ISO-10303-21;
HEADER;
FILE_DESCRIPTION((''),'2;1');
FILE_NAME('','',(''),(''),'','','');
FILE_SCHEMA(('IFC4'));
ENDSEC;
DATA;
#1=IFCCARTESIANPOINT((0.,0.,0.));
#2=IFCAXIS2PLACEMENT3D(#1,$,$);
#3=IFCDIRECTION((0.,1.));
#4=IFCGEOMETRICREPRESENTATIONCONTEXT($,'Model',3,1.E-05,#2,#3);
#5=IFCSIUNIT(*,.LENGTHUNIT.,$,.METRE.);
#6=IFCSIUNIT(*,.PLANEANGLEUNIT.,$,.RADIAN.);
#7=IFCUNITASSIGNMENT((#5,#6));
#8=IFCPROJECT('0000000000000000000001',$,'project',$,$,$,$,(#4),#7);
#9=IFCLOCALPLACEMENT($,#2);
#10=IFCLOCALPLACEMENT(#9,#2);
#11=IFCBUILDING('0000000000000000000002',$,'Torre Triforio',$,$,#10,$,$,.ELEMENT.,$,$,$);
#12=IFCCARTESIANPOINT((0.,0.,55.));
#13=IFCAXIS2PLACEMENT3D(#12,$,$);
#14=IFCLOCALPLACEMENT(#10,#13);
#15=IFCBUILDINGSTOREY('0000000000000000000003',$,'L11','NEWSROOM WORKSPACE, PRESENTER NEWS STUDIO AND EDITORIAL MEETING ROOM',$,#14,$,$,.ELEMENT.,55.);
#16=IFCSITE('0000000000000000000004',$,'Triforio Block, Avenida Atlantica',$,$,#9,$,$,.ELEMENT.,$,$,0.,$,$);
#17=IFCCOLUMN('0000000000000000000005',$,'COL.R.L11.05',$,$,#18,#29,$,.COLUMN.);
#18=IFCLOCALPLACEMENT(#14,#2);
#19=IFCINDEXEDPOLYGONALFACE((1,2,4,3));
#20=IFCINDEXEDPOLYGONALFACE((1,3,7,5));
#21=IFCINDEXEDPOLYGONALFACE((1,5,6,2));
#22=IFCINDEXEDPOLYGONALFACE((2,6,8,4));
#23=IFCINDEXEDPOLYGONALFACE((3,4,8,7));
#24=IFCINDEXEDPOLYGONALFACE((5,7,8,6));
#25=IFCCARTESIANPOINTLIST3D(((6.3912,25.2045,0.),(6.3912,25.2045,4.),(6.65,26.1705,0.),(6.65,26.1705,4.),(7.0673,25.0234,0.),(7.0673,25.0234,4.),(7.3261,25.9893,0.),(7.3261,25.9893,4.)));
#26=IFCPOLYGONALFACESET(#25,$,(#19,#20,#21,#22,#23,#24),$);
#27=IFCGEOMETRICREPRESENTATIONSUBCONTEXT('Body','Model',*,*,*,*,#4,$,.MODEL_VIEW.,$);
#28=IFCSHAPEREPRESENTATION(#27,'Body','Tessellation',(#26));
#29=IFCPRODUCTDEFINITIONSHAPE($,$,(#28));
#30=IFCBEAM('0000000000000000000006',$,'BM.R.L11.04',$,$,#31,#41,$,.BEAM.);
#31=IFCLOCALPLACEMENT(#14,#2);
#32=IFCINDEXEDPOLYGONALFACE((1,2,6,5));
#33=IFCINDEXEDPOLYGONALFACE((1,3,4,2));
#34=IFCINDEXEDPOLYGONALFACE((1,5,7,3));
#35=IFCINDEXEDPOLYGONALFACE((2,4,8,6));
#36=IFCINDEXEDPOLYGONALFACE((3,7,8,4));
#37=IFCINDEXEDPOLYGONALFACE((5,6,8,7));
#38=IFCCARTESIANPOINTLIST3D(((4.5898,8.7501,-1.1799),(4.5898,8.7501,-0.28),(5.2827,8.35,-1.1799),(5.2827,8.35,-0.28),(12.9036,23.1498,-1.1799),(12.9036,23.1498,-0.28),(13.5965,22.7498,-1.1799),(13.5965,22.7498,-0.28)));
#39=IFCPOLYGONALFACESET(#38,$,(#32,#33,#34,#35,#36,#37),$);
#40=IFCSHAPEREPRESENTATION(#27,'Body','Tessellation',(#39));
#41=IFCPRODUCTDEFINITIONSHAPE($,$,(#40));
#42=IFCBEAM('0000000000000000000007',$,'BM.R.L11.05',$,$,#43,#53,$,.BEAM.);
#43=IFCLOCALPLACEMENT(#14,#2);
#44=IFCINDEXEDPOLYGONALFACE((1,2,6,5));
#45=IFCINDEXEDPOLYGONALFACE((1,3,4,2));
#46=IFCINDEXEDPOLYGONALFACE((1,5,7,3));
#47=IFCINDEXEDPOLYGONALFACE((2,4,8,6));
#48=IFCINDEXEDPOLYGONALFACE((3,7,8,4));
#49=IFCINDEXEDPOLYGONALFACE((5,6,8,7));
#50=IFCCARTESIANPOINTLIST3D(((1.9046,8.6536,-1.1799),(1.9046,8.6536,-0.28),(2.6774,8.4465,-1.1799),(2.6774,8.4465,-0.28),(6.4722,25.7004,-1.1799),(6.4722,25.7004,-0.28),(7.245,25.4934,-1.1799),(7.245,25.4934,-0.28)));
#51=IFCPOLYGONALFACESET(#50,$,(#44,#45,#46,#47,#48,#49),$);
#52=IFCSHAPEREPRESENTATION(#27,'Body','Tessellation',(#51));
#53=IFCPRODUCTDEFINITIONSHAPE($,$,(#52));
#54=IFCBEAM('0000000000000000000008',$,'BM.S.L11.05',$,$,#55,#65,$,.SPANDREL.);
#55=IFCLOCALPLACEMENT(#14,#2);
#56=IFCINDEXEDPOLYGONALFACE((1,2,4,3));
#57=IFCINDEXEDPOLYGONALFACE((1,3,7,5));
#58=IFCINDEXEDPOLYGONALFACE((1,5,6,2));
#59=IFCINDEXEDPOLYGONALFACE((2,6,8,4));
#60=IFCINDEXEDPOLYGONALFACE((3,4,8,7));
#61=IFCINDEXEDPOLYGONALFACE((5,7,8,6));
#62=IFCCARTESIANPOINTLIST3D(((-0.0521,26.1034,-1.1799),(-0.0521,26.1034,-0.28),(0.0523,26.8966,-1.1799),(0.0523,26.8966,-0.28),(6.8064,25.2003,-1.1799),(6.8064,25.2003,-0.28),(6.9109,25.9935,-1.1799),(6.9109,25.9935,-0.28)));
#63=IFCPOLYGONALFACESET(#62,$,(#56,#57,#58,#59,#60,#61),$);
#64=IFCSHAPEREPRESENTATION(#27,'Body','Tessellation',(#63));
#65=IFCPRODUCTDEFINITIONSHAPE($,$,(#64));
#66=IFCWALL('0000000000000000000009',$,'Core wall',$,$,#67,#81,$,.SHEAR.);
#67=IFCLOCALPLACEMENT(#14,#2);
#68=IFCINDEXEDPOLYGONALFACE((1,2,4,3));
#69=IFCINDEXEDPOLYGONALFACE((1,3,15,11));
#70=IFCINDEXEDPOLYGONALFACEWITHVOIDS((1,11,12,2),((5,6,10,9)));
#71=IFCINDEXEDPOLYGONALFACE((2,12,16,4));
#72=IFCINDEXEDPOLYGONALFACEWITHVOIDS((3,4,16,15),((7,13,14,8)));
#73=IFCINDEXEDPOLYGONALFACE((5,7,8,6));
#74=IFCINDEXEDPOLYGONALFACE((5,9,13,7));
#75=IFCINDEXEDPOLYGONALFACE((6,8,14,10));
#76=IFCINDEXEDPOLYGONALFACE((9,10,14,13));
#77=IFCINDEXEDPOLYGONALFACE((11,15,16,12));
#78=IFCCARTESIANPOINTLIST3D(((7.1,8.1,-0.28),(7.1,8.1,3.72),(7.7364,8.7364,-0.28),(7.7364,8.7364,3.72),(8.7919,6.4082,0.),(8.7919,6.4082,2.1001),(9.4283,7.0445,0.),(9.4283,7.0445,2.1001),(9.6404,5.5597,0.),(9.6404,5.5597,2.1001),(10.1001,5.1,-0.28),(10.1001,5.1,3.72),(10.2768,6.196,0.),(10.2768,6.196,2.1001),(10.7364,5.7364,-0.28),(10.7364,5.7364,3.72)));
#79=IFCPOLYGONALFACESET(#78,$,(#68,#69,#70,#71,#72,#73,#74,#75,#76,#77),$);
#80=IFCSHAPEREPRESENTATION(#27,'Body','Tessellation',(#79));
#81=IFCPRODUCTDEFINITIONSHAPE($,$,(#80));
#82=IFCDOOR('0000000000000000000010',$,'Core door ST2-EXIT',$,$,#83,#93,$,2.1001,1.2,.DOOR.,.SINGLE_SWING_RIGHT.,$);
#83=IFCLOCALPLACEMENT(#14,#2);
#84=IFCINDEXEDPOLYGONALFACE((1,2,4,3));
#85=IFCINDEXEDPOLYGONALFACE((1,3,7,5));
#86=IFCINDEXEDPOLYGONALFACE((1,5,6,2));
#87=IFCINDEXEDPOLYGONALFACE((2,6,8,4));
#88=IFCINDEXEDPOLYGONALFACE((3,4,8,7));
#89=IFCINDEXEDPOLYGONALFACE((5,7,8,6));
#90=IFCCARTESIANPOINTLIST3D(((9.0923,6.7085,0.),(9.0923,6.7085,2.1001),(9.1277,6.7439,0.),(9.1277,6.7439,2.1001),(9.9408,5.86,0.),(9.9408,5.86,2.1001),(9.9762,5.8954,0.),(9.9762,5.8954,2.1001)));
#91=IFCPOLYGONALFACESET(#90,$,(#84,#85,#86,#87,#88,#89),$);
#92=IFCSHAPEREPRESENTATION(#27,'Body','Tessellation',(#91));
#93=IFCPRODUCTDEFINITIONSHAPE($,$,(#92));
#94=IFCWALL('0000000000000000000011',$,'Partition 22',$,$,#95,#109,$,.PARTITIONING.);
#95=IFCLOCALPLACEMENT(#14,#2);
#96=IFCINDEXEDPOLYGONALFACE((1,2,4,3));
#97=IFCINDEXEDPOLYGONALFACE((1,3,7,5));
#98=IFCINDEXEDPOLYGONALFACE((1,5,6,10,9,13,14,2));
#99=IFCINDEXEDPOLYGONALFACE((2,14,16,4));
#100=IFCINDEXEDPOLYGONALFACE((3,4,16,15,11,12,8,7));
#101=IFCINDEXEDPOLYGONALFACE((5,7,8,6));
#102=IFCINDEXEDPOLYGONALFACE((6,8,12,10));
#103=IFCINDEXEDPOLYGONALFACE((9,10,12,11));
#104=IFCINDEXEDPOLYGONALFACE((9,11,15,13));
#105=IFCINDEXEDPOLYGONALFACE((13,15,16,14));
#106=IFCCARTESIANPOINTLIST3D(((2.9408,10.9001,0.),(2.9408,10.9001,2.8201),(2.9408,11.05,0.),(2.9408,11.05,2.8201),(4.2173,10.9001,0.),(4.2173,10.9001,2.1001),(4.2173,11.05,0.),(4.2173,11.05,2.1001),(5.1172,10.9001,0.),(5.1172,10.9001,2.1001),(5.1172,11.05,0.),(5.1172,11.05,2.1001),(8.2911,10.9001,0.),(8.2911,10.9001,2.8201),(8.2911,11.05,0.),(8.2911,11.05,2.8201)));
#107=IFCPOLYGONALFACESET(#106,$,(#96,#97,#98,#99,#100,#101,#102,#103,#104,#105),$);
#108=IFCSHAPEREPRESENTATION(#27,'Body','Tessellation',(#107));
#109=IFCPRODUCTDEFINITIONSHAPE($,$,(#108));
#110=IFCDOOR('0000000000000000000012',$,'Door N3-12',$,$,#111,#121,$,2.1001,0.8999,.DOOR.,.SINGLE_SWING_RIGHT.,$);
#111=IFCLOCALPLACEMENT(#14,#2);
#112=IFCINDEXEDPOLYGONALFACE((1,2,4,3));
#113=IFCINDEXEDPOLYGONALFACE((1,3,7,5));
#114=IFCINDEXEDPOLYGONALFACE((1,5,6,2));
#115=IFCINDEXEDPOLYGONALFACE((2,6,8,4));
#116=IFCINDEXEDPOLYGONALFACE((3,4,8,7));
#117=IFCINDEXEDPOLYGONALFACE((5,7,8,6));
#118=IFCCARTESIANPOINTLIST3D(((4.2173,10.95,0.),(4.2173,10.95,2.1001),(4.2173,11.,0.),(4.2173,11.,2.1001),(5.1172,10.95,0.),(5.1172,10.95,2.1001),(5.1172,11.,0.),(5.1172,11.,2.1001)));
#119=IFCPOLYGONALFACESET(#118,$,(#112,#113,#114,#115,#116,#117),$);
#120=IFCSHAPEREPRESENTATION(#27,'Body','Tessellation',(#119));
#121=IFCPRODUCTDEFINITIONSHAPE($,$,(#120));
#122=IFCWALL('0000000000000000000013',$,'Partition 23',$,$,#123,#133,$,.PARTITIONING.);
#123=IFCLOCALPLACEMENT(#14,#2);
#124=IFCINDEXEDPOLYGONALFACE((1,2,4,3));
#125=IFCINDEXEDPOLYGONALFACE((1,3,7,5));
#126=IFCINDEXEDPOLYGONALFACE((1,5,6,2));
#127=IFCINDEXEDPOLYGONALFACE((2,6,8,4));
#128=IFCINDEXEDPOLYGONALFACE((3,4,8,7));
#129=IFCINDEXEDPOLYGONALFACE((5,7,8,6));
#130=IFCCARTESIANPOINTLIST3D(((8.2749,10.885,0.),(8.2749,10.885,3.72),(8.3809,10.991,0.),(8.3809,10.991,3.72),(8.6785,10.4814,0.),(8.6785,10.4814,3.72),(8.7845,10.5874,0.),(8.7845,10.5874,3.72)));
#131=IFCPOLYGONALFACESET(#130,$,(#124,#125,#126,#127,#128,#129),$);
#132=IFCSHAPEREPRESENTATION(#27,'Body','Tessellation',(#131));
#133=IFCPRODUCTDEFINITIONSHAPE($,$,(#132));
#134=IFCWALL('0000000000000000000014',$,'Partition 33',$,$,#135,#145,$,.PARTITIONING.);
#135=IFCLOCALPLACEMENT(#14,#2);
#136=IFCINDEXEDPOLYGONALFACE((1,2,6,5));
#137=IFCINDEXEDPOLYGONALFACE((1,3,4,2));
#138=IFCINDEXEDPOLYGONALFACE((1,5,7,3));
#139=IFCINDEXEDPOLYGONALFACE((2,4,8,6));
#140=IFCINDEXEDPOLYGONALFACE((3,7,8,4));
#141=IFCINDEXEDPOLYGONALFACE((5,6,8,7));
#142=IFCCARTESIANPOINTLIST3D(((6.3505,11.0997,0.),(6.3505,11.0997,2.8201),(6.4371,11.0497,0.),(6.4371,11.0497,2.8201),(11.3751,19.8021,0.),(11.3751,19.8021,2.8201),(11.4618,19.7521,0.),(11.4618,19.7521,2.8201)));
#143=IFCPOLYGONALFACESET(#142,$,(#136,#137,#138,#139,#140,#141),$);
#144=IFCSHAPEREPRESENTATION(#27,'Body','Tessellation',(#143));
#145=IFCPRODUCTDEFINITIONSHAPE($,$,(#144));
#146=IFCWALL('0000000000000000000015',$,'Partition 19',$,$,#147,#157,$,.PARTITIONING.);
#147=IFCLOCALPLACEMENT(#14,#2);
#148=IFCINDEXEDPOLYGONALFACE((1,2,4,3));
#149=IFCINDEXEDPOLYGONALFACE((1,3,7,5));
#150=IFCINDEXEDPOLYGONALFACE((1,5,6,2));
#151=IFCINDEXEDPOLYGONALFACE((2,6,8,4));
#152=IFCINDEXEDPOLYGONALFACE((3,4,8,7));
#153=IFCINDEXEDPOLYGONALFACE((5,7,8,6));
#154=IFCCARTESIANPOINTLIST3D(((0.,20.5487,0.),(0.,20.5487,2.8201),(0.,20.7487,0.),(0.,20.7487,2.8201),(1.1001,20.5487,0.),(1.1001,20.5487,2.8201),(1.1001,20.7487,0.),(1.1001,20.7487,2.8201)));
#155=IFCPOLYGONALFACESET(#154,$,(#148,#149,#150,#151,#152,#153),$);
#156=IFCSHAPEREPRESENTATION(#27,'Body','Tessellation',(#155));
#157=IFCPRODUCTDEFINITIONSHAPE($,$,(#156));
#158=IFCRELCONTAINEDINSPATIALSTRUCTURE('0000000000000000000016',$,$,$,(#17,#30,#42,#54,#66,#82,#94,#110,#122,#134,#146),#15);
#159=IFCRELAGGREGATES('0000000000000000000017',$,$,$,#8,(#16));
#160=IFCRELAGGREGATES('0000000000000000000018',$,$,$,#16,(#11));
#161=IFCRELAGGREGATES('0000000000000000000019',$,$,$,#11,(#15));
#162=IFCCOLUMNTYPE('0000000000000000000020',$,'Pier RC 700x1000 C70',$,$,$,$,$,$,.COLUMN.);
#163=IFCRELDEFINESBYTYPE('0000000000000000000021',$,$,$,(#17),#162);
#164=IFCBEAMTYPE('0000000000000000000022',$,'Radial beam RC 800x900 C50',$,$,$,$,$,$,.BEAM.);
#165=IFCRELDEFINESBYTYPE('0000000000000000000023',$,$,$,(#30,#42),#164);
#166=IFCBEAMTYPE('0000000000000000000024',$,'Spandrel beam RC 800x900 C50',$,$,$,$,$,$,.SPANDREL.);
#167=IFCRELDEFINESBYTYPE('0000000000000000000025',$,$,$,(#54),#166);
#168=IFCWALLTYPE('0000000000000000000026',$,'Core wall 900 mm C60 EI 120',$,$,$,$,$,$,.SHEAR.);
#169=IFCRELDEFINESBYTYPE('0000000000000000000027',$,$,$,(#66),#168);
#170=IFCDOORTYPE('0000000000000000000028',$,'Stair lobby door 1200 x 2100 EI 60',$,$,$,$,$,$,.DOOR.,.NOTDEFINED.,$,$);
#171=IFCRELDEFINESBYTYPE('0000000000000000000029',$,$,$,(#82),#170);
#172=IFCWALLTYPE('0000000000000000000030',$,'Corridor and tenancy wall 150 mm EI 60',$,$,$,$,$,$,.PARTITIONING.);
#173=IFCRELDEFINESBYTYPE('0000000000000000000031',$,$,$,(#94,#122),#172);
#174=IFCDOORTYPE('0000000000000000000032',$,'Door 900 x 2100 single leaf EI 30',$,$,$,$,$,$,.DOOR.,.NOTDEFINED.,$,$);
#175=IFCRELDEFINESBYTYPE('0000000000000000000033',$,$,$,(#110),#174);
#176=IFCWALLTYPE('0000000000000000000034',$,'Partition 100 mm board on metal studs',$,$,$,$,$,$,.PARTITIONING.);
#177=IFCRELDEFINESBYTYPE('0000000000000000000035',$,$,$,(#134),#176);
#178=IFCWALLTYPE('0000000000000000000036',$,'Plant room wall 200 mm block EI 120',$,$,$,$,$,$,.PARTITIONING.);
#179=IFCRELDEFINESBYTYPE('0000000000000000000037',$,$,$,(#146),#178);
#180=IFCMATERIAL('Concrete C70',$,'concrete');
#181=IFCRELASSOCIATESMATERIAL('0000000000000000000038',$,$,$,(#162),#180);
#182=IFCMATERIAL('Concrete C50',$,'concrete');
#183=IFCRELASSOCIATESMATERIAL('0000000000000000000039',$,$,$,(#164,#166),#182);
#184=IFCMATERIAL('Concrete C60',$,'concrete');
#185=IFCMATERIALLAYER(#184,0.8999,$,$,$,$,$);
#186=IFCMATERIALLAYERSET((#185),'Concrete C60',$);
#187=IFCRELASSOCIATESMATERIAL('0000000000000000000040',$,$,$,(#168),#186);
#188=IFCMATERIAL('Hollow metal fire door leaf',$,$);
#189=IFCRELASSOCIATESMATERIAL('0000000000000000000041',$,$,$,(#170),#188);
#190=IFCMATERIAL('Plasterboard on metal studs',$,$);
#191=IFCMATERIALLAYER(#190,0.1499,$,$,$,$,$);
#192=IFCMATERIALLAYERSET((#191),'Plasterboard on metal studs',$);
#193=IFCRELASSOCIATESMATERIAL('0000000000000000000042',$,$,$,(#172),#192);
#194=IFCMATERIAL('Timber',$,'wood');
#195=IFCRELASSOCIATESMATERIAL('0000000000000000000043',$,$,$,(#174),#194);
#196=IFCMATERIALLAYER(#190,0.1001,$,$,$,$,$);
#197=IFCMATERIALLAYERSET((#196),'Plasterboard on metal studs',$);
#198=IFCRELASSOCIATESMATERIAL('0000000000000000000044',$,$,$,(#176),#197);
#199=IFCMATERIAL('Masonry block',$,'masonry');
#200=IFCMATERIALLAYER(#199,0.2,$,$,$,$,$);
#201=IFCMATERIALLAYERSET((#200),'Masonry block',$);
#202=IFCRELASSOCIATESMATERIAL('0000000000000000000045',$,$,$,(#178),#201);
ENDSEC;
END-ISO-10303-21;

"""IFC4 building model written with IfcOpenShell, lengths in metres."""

from ifc_helpers import new_model, si_unit, direction, frame, frame_2d, origin, origin_2d, place, context, subcontext, project, spatial, rectangle, extrude, material, layer, layer_set, material_profile, profile_set, type_object, element, fill, save


model = new_model("IFC4")

# Units and contexts
model_context = context("Model", 3, precision=1e-05, world=origin(), true_north=direction((0.0, 1.0)))
body_context = subcontext(model_context, "Body", "Model", "MODEL_VIEW")
ifc_project = project(units=[si_unit("LENGTHUNIT", "METRE"), si_unit("PLANEANGLEUNIT", "RADIAN")], contexts=[model_context])

# Site, building, storey
site_placement = place(None, origin())
site = spatial("IfcSite", under=ifc_project, at=site_placement, Name="Triforio Block, Avenida Atlantica", CompositionType="ELEMENT", RefElevation=0.0)
building_placement = place(site_placement, origin())
building = spatial("IfcBuilding", under=site, at=building_placement, Name="Torre Triforio", CompositionType="ELEMENT")
storey_placement = place(building_placement, frame((0.0, 0.0, 55.0)))
storey = spatial("IfcBuildingStorey", under=building, at=storey_placement, Name="L11", Description="NEWSROOM WORKSPACE, PRESENTER NEWS STUDIO AND EDITORIAL MEETING ROOM", CompositionType="ELEMENT", Elevation=55.0)

# Column
ifc_material_1 = material(Name="Concrete C70", Category="concrete")
ifc_material_profile_1 = material_profile(ifc_material_1, rectangle(XDim=0.7, YDim=1.0, at=origin_2d()), Name="RC 700x1000")
ifc_profile_set_1 = profile_set([ifc_material_profile_1], Name="Concrete C70")
column_type = type_object("IfcColumnType", Name="Pier RC 700x1000 C70", PredefinedType="COLUMN", material=ifc_profile_set_1)
column_placement = place(storey_placement, frame((6.8586, 25.5969, 0.0), z_axis=(0.0, 0.0, 1.0), x_axis=(-0.965926, 0.258819, 0.0)))
element("IfcColumn", 1, at=column_placement, inside=storey, type_object=column_type, Name="COL.R.L11.05", PredefinedType="COLUMN", context=body_context, shape_type="SweptSolid", body=[
    extrude(rectangle(XDim=0.7, YDim=1.0, at=origin_2d()), origin(), (0.0, 0.0, 1.0), 4.0),
])

# Beams
ifc_material_2 = material(Name="Concrete C50", Category="concrete")
ifc_material_profile_2 = material_profile(ifc_material_2, rectangle(XDim=0.8, YDim=0.8999, at=origin_2d()), Name="RC 800x900")
ifc_profile_set_2 = profile_set([ifc_material_profile_2], Name="Concrete C50")
beam_type_1 = type_object("IfcBeamType", Name="Radial beam RC 800x900 C50", PredefinedType="BEAM", material=ifc_profile_set_2)
beam_1_placement = place(storey_placement, frame((4.9363, 8.55, -0.73), z_axis=(0.500003, 0.866023, 0.0), x_axis=(-0.866023, 0.500003, 0.0)))
element("IfcBeam", 2, at=beam_1_placement, inside=storey, type_object=beam_type_1, Name="BM.R.L11.04", PredefinedType="BEAM", context=body_context, shape_type="SweptSolid", body=[
    extrude(rectangle(XDim=0.8, YDim=0.8999, at=origin_2d()), origin(), (0.0, 0.0, 1.0), 16.6274),
])
beam_2_placement = place(storey_placement, frame((2.291, 8.55, -0.73), z_axis=(0.258815, 0.965927, 0.0), x_axis=(-0.965927, 0.258815, 0.0)))
element("IfcBeam", 3, at=beam_2_placement, inside=storey, type_object=beam_type_1, Name="BM.R.L11.05", PredefinedType="BEAM", context=body_context, shape_type="SweptSolid", body=[
    extrude(rectangle(XDim=0.8, YDim=0.8999, at=origin_2d()), origin(), (0.0, 0.0, 1.0), 17.6482),
])
ifc_material_profile_3 = material_profile(ifc_material_2, rectangle(XDim=0.8, YDim=0.8999, at=origin_2d()), Name="RC 800x900")
ifc_profile_set_3 = profile_set([ifc_material_profile_3], Name="Concrete C50")
beam_type_2 = type_object("IfcBeamType", Name="Spandrel beam RC 800x900 C50", PredefinedType="SPANDREL", material=ifc_profile_set_3)
beam_3_placement = place(storey_placement, frame((6.8586, 25.5969, -0.73), z_axis=(-0.991443, 0.130543, 0.0), x_axis=(-0.130543, -0.991443, 0.0)))
element("IfcBeam", 4, at=beam_3_placement, inside=storey, type_object=beam_type_2, Name="BM.S.L11.05", PredefinedType="SPANDREL", context=body_context, shape_type="SweptSolid", body=[
    extrude(rectangle(XDim=0.8, YDim=0.8999, at=origin_2d()), origin(), (0.0, 0.0, 1.0), 6.9177),
])

# Walls, openings, doors
ifc_material_3 = material(Name="Concrete C60", Category="concrete")
ifc_layer_1 = layer(ifc_material_3, 0.8999)
ifc_layer_set_1 = layer_set([ifc_layer_1], Name="Concrete C60")
wall_type_1 = type_object("IfcWallType", Name="Core wall 900 mm C60 EI 120", PredefinedType="SHEAR", material=ifc_layer_set_1)
wall_1_placement = place(storey_placement, frame((7.4182, 8.4182, -0.28), z_axis=(0.0, 0.0, 1.0), x_axis=(0.707107, -0.707107, 0.0)))
wall_1 = element("IfcWall", 5, at=wall_1_placement, inside=storey, type_object=wall_type_1, Name="Core wall", PredefinedType="SHEAR", context=body_context, shape_type="SweptSolid", body=[
    extrude(rectangle(XDim=4.2427, YDim=0.8999, at=frame_2d((2.1213, 0.0))), origin(), (0.0, 0.0, 1.0), 4.0),
])
opening_1_placement = place(wall_1_placement, frame((2.3926, 0.0, 0.28)))
opening_1 = element("IfcOpeningElement", 6, at=opening_1_placement, cuts=wall_1, PredefinedType="OPENING", context=body_context, shape_type="SweptSolid", body=[
    extrude(rectangle(XDim=1.2, YDim=2.1001, at=frame_2d((0.6001, 1.05))), frame((0.0, 0.46, 0.0), z_axis=(0.0, -1.0, 0.0), x_axis=(1.0, 0.0, 0.0)), (0.0, 0.0, 1.0), 0.9199),
])
ifc_material_4 = material(Name="Hollow metal fire door leaf")
door_type_1 = type_object("IfcDoorType", Name="Stair lobby door 1200 x 2100 EI 60", OperationType="NOTDEFINED", PredefinedType="DOOR", material=ifc_material_4)
door_1_placement = place(opening_1_placement, origin())
door_1 = element("IfcDoor", 7, at=door_1_placement, inside=storey, type_object=door_type_1, Name="Core door ST2-EXIT", OperationType="SINGLE_SWING_RIGHT", OverallHeight=2.1001, OverallWidth=1.2, PredefinedType="DOOR", context=body_context, shape_type="SweptSolid", body=[
    extrude(rectangle(XDim=1.2, YDim=2.1001, at=frame_2d((0.6001, 1.05))), frame((0.0, 0.0249, 0.0), z_axis=(0.0, -1.0, 0.0), x_axis=(1.0, 0.0, 0.0)), (0.0, 0.0, 1.0), 0.05),
])
fill(opening_1, door_1)
ifc_material_5 = material(Name="Plasterboard on metal studs")
ifc_layer_2 = layer(ifc_material_5, 0.1499)
ifc_layer_set_2 = layer_set([ifc_layer_2], Name="Plasterboard on metal studs")
wall_type_2 = type_object("IfcWallType", Name="Corridor and tenancy wall 150 mm EI 60", PredefinedType="PARTITIONING", material=ifc_layer_set_2)
wall_2_placement = place(storey_placement, frame((2.9407, 10.9751, 0.0), z_axis=(0.0, 0.0, 1.0), x_axis=(1.0, 0.0, 0.0)))
wall_2 = element("IfcWall", 8, at=wall_2_placement, inside=storey, type_object=wall_type_2, Name="Partition 22", PredefinedType="PARTITIONING", context=body_context, shape_type="SweptSolid", body=[
    extrude(rectangle(XDim=5.3503, YDim=0.1499, at=frame_2d((2.6753, 0.0))), origin(), (0.0, 0.0, 1.0), 2.8201),
])
opening_2_placement = place(wall_2_placement, frame((1.2766, 0.0, 0.0)))
opening_2 = element("IfcOpeningElement", 9, at=opening_2_placement, cuts=wall_2, PredefinedType="OPENING", context=body_context, shape_type="SweptSolid", body=[
    extrude(rectangle(XDim=0.8999, YDim=2.1001, at=frame_2d((0.45, 1.05))), frame((0.0, 0.085, 0.0), z_axis=(0.0, -1.0, 0.0), x_axis=(1.0, 0.0, 0.0)), (0.0, 0.0, 1.0), 0.1699),
])
ifc_material_6 = material(Name="Timber", Category="wood")
door_type_2 = type_object("IfcDoorType", Name="Door 900 x 2100 single leaf EI 30", OperationType="NOTDEFINED", PredefinedType="DOOR", material=ifc_material_6)
door_2_placement = place(opening_2_placement, origin())
door_2 = element("IfcDoor", 10, at=door_2_placement, inside=storey, type_object=door_type_2, Name="Door N3-12", OperationType="SINGLE_SWING_RIGHT", OverallHeight=2.1001, OverallWidth=0.8999, PredefinedType="DOOR", context=body_context, shape_type="SweptSolid", body=[
    extrude(rectangle(XDim=0.8999, YDim=2.1001, at=frame_2d((0.45, 1.05))), frame((0.0, 0.0249, 0.0), z_axis=(0.0, -1.0, 0.0), x_axis=(1.0, 0.0, 0.0)), (0.0, 0.0, 1.0), 0.05),
])
fill(opening_2, door_2)

# Walls
wall_3_placement = place(storey_placement, frame((8.3279, 10.938, 0.0), z_axis=(0.0, 0.0, 1.0), x_axis=(0.707107, -0.707107, 0.0)))
element("IfcWall", 11, at=wall_3_placement, inside=storey, type_object=wall_type_2, Name="Partition 23", PredefinedType="PARTITIONING", context=body_context, shape_type="SweptSolid", body=[
    extrude(rectangle(XDim=0.5708, YDim=0.1499, at=frame_2d((0.2854, 0.0))), origin(), (0.0, 0.0, 1.0), 3.72),
])
ifc_layer_3 = layer(ifc_material_5, 0.1001)
ifc_layer_set_3 = layer_set([ifc_layer_3], Name="Plasterboard on metal studs")
wall_type_3 = type_object("IfcWallType", Name="Partition 100 mm board on metal studs", PredefinedType="PARTITIONING", material=ifc_layer_set_3)
wall_4_placement = place(storey_placement, frame((6.3938, 11.0747, 0.0), z_axis=(0.0, 0.0, 1.0), x_axis=(0.500025, 0.866011, 0.0)))
element("IfcWall", 12, at=wall_4_placement, inside=storey, type_object=wall_type_3, Name="Partition 33", PredefinedType="PARTITIONING", context=body_context, shape_type="SweptSolid", body=[
    extrude(rectangle(XDim=10.0488, YDim=0.1001, at=frame_2d((5.0244, 0.0))), origin(), (0.0, 0.0, 1.0), 2.8201),
])
ifc_material_7 = material(Name="Masonry block", Category="masonry")
ifc_layer_4 = layer(ifc_material_7, 0.2)
ifc_layer_set_4 = layer_set([ifc_layer_4], Name="Masonry block")
wall_type_4 = type_object("IfcWallType", Name="Plant room wall 200 mm block EI 120", PredefinedType="PARTITIONING", material=ifc_layer_set_4)
wall_5_placement = place(storey_placement, frame((0.0, 20.6487, 0.0), z_axis=(0.0, 0.0, 1.0), x_axis=(1.0, 0.0, 0.0)))
element("IfcWall", 13, at=wall_5_placement, inside=storey, type_object=wall_type_4, Name="Partition 19", PredefinedType="PARTITIONING", context=body_context, shape_type="SweptSolid", body=[
    extrude(rectangle(XDim=1.1001, YDim=0.2, at=frame_2d((0.55, 0.0))), origin(), (0.0, 0.0, 1.0), 2.8201),
])

save(model, "model.ifc")
